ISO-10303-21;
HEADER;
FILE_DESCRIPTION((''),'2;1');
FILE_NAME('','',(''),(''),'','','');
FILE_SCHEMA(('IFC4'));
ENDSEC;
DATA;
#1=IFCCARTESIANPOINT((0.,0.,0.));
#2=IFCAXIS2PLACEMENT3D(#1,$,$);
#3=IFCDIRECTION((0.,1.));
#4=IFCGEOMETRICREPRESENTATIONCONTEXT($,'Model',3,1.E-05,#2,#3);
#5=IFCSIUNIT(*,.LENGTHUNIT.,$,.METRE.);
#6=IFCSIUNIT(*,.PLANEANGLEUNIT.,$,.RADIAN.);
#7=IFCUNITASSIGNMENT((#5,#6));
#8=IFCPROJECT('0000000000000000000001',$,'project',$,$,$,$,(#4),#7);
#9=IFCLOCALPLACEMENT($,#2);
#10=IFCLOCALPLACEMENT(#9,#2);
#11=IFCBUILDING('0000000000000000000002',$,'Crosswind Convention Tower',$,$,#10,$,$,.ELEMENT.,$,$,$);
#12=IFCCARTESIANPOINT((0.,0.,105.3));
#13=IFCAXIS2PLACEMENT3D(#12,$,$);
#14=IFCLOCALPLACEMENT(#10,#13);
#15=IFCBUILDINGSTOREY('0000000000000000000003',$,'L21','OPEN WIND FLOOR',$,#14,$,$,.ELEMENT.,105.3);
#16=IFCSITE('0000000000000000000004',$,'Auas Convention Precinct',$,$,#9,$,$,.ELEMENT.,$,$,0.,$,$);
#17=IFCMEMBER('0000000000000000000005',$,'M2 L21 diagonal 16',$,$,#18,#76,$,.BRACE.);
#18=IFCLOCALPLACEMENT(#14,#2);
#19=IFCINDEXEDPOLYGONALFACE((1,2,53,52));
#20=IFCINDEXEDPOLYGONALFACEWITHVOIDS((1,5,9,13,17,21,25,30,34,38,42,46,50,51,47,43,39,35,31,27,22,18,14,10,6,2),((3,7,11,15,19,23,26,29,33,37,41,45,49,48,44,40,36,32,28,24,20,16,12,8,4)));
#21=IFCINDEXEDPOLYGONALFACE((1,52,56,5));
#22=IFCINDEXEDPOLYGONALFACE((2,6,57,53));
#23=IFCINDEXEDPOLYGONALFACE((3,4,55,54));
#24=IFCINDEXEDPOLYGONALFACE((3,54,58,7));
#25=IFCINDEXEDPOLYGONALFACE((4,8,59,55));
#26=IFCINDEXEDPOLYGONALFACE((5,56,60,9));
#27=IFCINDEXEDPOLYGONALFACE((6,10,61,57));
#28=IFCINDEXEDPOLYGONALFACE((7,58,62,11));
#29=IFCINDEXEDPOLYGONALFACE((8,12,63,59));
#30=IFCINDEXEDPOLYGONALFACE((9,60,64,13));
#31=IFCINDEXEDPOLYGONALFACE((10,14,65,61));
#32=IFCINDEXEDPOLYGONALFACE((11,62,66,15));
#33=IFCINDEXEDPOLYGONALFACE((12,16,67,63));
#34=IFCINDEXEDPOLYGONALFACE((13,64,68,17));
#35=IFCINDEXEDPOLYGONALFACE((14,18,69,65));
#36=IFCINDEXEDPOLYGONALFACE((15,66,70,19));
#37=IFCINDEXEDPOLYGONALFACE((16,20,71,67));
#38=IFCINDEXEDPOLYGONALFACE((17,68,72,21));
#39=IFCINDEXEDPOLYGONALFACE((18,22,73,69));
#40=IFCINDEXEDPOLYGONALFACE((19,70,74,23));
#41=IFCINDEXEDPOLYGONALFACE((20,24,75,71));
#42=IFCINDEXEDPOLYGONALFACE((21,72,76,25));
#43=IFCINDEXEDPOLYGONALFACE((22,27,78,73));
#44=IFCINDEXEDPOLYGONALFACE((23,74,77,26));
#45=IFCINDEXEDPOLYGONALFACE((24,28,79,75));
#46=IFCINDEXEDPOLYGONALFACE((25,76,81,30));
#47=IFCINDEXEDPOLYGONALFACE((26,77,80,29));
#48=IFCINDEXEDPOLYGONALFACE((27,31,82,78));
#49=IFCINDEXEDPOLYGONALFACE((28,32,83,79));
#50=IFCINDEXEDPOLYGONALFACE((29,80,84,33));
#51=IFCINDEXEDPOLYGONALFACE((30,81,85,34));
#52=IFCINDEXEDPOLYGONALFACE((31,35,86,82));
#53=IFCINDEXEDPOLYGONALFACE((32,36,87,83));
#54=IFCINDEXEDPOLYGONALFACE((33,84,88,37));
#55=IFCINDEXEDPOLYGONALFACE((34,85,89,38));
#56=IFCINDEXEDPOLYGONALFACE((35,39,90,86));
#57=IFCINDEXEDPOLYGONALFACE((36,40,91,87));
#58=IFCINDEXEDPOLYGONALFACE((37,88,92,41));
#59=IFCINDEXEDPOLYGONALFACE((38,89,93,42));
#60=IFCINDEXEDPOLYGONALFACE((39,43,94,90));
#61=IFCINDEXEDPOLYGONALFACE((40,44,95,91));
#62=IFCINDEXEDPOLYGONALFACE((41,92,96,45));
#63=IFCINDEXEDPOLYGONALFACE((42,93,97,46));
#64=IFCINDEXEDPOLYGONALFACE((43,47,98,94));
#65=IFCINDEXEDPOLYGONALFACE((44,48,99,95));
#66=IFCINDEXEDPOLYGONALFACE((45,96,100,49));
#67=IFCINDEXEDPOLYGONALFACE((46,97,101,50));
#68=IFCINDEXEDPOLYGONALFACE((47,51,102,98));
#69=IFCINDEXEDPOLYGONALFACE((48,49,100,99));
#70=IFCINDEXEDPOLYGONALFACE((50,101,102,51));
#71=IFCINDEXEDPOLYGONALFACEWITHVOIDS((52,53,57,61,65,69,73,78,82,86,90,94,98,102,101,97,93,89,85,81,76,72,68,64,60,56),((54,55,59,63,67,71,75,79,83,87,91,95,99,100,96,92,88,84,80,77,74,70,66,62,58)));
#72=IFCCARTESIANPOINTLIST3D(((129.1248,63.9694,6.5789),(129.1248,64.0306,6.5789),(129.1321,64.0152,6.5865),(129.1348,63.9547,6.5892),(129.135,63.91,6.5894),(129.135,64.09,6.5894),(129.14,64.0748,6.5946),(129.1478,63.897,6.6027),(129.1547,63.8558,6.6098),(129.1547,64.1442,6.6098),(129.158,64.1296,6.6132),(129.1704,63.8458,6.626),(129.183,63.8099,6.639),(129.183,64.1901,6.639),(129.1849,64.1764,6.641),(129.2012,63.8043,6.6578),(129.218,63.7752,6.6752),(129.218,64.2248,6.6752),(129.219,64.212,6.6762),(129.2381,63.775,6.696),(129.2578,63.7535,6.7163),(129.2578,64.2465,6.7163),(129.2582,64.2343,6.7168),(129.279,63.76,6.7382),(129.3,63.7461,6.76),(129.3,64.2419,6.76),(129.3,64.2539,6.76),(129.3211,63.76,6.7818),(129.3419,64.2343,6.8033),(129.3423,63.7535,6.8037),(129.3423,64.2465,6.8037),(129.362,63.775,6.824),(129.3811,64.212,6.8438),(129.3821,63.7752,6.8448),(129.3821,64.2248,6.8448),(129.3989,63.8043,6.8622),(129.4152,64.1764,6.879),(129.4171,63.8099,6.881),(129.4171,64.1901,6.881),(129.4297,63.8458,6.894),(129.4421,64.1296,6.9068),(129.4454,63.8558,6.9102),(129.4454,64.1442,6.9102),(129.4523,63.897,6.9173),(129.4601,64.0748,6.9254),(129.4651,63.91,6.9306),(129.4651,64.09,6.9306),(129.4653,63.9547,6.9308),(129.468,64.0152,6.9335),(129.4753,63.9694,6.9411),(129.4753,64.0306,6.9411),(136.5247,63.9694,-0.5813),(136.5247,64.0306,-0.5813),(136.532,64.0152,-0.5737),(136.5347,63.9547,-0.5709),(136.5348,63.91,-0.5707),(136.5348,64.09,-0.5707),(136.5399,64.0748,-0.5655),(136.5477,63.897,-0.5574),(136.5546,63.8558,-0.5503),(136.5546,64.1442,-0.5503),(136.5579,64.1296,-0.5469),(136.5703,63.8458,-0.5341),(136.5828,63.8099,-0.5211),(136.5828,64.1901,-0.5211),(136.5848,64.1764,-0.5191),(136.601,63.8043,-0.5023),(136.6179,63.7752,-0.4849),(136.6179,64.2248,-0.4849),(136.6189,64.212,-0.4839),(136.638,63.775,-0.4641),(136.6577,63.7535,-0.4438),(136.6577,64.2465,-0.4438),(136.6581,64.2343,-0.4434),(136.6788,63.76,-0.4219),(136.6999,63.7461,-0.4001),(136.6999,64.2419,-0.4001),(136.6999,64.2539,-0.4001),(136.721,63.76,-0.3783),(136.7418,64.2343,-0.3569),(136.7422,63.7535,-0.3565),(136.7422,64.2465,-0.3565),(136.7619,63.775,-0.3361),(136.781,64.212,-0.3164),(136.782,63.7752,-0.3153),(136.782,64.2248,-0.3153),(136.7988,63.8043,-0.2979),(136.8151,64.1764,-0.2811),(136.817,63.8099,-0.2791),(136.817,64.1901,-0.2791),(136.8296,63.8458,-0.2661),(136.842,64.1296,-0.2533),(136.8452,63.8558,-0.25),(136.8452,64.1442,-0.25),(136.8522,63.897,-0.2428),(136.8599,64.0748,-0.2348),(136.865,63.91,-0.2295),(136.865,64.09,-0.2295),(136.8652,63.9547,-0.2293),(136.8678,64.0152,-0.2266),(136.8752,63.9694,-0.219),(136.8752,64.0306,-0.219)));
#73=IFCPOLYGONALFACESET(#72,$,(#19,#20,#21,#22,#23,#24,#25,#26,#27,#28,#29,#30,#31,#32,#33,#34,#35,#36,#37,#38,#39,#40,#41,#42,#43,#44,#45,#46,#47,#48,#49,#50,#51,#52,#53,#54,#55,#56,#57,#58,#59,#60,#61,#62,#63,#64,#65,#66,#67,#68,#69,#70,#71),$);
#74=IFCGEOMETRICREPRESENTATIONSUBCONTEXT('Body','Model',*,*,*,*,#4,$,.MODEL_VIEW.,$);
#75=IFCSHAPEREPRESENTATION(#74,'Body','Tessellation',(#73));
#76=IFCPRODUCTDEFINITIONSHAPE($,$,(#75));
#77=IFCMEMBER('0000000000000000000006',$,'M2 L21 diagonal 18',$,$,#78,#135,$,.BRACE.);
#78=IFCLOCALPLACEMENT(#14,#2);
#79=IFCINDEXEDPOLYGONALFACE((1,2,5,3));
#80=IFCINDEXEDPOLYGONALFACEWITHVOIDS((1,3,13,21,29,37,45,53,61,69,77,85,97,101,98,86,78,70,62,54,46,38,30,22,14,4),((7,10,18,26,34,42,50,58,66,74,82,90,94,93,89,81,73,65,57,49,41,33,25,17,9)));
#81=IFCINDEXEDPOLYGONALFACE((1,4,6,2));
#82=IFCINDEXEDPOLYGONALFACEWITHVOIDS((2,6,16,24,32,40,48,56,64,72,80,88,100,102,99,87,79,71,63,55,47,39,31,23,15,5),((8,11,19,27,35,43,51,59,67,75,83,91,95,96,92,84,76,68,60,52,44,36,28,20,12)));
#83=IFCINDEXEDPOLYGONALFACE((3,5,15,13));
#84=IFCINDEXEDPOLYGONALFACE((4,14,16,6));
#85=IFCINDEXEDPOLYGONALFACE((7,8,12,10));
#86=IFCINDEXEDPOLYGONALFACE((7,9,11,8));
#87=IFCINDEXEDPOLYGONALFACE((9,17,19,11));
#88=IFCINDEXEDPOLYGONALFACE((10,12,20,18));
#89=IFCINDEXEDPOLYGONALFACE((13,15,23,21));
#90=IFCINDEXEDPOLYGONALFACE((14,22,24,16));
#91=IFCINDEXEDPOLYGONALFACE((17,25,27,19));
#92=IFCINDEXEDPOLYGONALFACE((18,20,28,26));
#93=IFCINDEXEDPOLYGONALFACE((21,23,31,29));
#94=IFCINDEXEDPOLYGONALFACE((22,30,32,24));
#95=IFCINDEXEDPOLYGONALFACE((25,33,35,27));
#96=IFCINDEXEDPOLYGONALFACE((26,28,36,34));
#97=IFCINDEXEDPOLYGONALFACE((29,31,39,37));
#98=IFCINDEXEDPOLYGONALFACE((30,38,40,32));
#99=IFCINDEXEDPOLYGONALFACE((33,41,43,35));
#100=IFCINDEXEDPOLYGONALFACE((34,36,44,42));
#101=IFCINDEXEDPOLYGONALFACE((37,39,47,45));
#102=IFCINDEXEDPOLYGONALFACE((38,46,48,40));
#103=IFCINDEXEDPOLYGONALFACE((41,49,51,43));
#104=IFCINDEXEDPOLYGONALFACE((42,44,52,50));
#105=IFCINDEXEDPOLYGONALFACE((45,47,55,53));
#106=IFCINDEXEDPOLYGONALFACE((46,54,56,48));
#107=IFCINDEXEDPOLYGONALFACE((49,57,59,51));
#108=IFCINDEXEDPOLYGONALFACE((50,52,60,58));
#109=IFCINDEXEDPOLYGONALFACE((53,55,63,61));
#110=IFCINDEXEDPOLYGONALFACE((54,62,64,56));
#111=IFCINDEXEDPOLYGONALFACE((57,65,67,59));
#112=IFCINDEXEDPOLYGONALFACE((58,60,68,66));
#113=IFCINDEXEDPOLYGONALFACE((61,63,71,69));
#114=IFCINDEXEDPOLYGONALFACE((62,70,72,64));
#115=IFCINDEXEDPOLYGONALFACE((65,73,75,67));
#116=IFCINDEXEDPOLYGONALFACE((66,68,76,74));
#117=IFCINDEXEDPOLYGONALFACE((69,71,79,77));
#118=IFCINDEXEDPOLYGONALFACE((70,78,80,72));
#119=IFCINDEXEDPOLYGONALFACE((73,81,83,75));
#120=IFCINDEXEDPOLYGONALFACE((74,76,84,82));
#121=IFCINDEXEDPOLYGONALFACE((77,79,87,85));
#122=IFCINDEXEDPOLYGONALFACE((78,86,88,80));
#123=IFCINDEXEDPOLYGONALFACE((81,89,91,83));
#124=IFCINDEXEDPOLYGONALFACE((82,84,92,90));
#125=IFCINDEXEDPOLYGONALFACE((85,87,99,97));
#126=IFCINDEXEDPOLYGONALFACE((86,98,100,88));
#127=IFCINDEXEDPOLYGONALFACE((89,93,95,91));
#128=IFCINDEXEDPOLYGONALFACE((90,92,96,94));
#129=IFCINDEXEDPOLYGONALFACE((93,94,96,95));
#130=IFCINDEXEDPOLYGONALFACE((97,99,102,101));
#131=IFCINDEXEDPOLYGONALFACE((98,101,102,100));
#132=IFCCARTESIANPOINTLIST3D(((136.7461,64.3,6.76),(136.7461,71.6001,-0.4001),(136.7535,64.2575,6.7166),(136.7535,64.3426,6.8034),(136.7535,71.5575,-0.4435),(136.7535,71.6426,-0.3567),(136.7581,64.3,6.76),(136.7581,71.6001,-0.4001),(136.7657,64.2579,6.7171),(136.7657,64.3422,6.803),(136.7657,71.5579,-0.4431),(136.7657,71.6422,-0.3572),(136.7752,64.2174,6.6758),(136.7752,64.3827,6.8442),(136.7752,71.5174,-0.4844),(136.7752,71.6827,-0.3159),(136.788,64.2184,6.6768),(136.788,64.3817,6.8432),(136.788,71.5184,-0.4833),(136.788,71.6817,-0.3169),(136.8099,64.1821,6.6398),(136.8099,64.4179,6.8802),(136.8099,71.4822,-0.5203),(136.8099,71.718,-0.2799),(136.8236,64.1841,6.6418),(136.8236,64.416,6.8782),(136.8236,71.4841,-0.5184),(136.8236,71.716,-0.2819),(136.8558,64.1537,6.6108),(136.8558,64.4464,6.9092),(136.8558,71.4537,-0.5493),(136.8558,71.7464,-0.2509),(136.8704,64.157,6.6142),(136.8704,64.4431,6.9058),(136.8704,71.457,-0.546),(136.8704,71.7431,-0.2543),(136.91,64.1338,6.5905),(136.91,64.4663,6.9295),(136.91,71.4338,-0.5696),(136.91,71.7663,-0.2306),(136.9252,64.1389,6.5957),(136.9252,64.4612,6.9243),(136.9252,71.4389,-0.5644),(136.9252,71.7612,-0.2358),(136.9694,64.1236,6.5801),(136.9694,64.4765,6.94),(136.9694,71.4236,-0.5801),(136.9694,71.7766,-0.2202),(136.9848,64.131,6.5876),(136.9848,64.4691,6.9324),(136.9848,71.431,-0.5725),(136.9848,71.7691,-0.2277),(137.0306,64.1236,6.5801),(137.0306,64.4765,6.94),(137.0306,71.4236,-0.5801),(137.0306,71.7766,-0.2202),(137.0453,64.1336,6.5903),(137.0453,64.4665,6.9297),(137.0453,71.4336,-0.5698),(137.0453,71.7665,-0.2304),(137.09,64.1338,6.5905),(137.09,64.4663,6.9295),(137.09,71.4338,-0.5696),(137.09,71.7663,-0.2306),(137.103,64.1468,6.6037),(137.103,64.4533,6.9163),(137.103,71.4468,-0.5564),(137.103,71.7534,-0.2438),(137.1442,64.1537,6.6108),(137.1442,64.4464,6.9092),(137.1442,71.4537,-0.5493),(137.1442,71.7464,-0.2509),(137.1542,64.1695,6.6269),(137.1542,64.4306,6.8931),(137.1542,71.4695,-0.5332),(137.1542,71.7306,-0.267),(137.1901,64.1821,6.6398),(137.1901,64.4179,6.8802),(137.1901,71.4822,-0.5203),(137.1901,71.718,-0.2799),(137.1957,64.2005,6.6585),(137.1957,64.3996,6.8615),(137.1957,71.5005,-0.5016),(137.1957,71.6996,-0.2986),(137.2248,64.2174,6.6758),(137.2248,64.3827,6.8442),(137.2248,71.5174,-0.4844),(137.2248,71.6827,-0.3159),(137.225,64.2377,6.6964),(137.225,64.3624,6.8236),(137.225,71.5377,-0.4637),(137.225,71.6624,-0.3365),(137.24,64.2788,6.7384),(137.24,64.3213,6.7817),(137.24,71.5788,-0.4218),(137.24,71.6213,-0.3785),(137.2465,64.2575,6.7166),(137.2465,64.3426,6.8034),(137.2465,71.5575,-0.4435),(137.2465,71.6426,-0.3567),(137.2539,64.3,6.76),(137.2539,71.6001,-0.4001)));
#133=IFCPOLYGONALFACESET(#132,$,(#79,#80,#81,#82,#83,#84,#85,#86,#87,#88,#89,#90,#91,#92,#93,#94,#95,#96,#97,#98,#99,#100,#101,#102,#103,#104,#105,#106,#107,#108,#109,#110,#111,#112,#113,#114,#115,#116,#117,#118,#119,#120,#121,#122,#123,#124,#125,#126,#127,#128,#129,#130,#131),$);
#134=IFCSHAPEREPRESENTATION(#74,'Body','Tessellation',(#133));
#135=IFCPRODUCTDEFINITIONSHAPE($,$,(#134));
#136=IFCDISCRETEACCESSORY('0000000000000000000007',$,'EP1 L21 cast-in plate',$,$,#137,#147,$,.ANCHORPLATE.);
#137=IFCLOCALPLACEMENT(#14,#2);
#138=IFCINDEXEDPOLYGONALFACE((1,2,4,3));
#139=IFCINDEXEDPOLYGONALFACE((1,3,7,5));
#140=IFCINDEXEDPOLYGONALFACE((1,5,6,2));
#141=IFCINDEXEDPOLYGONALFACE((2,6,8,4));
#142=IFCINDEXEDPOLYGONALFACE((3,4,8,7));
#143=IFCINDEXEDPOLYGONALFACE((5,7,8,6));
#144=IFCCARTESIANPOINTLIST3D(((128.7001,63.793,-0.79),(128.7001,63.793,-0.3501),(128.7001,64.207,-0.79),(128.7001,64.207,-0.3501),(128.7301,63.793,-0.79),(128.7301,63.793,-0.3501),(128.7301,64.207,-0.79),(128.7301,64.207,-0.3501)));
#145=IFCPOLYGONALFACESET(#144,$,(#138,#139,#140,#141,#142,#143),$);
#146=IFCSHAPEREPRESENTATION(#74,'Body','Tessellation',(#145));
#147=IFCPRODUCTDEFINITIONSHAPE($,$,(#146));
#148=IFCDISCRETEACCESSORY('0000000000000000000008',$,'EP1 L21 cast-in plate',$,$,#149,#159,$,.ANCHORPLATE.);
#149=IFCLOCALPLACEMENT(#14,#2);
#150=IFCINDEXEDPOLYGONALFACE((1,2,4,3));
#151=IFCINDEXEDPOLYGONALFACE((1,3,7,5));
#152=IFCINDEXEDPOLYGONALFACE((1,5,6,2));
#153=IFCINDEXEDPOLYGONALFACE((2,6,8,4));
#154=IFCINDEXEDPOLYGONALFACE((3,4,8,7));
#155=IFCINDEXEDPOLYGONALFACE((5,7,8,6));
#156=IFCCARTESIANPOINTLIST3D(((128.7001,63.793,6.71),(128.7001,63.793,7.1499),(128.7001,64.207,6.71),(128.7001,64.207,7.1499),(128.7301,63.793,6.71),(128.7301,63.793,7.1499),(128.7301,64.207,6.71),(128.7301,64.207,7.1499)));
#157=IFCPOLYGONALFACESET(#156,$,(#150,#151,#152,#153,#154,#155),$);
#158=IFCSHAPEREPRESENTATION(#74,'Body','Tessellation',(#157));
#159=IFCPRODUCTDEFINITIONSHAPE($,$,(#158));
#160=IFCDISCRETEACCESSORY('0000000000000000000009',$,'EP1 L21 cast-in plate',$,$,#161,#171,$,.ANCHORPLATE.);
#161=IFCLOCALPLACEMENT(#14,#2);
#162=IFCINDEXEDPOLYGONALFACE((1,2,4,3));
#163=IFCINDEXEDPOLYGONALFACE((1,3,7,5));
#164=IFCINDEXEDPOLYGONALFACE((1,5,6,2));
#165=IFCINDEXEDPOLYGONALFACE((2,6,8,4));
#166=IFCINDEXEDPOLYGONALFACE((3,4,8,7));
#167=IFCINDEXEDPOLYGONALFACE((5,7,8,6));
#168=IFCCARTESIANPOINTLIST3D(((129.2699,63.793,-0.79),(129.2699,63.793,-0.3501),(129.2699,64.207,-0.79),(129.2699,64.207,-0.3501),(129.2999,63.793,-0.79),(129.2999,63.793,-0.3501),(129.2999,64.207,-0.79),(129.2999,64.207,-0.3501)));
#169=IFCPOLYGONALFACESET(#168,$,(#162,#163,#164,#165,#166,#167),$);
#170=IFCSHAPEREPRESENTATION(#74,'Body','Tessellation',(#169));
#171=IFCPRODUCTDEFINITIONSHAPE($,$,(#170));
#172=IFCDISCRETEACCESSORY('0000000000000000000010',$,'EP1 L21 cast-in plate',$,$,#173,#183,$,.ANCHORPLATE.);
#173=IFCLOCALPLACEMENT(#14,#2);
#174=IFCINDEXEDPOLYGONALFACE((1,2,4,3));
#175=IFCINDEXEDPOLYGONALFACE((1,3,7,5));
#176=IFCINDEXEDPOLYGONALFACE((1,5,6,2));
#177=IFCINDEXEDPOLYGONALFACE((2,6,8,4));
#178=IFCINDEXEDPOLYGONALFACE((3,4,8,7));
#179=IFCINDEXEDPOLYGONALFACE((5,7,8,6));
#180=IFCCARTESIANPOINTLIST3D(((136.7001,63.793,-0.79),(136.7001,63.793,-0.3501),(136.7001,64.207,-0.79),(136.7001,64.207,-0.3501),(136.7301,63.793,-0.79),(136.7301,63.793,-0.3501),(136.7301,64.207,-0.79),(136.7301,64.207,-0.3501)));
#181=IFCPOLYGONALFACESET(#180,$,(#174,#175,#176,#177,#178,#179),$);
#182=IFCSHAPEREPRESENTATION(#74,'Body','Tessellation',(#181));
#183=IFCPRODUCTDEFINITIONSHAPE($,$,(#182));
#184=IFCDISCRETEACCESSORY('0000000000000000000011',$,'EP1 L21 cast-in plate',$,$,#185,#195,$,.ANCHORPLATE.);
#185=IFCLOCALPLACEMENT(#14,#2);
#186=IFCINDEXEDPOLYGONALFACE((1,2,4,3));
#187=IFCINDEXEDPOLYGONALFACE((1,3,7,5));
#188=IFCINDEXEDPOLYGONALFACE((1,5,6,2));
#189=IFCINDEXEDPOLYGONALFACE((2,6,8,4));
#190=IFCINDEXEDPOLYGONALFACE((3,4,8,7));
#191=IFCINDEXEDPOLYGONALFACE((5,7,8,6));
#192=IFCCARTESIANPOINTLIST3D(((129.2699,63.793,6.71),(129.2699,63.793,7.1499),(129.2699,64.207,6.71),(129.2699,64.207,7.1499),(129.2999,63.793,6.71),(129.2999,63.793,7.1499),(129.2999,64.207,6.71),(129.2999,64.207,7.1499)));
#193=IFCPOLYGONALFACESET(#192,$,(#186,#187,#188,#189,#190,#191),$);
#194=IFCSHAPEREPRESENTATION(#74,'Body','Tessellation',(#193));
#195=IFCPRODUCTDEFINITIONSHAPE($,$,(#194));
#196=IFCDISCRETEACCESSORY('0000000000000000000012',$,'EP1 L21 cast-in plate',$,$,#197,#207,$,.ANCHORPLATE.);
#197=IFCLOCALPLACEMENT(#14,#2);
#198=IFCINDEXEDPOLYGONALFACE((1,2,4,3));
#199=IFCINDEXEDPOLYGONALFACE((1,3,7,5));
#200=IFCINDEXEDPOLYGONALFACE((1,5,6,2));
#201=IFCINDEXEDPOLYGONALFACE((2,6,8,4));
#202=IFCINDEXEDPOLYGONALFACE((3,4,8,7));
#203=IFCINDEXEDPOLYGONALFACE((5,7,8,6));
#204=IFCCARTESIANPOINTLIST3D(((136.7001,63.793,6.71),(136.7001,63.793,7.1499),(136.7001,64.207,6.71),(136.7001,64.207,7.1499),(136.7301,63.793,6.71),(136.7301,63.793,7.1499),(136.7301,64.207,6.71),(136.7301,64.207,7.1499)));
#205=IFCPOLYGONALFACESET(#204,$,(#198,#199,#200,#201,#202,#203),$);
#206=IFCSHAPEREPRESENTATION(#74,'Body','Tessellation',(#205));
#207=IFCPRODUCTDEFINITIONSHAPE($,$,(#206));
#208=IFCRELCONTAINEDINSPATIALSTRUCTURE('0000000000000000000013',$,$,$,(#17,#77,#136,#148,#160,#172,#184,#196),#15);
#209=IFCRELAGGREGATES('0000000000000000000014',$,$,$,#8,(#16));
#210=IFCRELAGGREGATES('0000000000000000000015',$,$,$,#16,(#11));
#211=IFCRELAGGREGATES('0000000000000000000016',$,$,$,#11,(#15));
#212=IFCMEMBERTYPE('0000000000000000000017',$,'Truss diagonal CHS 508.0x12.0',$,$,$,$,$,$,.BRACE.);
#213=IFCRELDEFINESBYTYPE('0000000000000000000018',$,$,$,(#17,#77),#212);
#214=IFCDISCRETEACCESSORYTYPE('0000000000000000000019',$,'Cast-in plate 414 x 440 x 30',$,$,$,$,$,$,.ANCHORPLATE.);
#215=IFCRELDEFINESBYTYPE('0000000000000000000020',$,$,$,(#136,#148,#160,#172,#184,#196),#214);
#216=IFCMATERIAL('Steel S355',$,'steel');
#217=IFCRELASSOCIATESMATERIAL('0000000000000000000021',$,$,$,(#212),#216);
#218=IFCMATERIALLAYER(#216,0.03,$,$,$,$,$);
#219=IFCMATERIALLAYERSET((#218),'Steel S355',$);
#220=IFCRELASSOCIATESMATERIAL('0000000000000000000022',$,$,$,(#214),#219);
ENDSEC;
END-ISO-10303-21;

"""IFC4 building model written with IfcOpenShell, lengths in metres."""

from ifc_helpers import new_model, si_unit, direction, frame, origin, origin_2d, place, context, subcontext, project, spatial, rectangle, hollow_circle, extrude, material, layer, layer_set, material_profile, profile_set, type_object, element, save


model = new_model("IFC4")

# Units and contexts
model_context = context("Model", 3, precision=1e-05, world=origin(), true_north=direction((0.0, 1.0)))
body_context = subcontext(model_context, "Body", "Model", "MODEL_VIEW")
ifc_project = project(units=[si_unit("LENGTHUNIT", "METRE"), si_unit("PLANEANGLEUNIT", "RADIAN")], contexts=[model_context])

# Site, building, storey
site_placement = place(None, origin())
site = spatial("IfcSite", under=ifc_project, at=site_placement, Name="Auas Convention Precinct", CompositionType="ELEMENT", RefElevation=0.0)
building_placement = place(site_placement, origin())
building = spatial("IfcBuilding", under=site, at=building_placement, Name="Crosswind Convention Tower", CompositionType="ELEMENT")
storey_placement = place(building_placement, frame((0.0, 0.0, 105.3)))
storey = spatial("IfcBuildingStorey", under=building, at=storey_placement, Name="L21", Description="OPEN WIND FLOOR", CompositionType="ELEMENT", Elevation=105.3)

# Shared definitions
ifc_material_1 = material(Name="Steel S355", Category="steel")

# Members
ifc_material_profile_1 = material_profile(ifc_material_1, hollow_circle(Radius=0.2539, WallThickness=0.012, at=origin_2d()), Name="CHS 508.0x12.0")
ifc_profile_set_1 = profile_set([ifc_material_profile_1], Name="Steel S355")
member_type_1 = type_object("IfcMemberType", Name="Truss diagonal CHS 508.0x12.0", PredefinedType="BRACE", material=ifc_profile_set_1)
member_1_placement = place(storey_placement, frame((129.3, 64.0, 6.76), z_axis=(0.718653, 0.0, -0.695369), x_axis=(0.0, 1.0, 0.0)))
element("IfcMember", 1, at=member_1_placement, inside=storey, type_object=member_type_1, Name="M2 L21 diagonal 16", PredefinedType="BRACE", context=body_context, shape_type="SweptSolid", body=[
    extrude(hollow_circle(Radius=0.2539, WallThickness=0.012, at=origin_2d()), origin(), (0.0, 0.0, 1.0), 10.2969),
])
member_2_placement = place(storey_placement, frame((137.0, 64.3, 6.76), z_axis=(0.0, 0.713914, -0.700233), x_axis=(-1.0, 0.0, 0.0)))
element("IfcMember", 2, at=member_2_placement, inside=storey, type_object=member_type_1, Name="M2 L21 diagonal 18", PredefinedType="BRACE", context=body_context, shape_type="SweptSolid", body=[
    extrude(hollow_circle(Radius=0.2539, WallThickness=0.012, at=origin_2d()), origin(), (0.0, 0.0, 1.0), 10.2253),
])

# Discrete accessories
ifc_layer = layer(ifc_material_1, 0.03)
ifc_layer_set = layer_set([ifc_layer], Name="Steel S355")
discrete_accessory_type_1 = type_object("IfcDiscreteAccessoryType", Name="Cast-in plate 414 x 440 x 30", PredefinedType="ANCHORPLATE", material=ifc_layer_set)
for number, where, z_axis, x_axis, name in (
    (3, (128.7151, 64.0, -0.79), (0.0, 0.0, 1.0), (1.0, 0.0, 0.0), "EP1 L21 cast-in plate"),
    (4, (128.7151, 64.0, 6.71), (0.0, 0.0, 1.0), (1.0, 0.0, 0.0), "EP1 L21 cast-in plate"),
    (5, (129.2849, 64.0, -0.79), (0.0, 0.0, 1.0), (1.0, 0.0, 0.0), "EP1 L21 cast-in plate"),
    (6, (136.7151, 64.0, -0.79), (0.0, 0.0, 1.0), (1.0, 0.0, 0.0), "EP1 L21 cast-in plate"),
    (7, (129.2849, 64.0, 6.71), (0.0, 0.0, 1.0), (1.0, 0.0, 0.0), "EP1 L21 cast-in plate"),
    (8, (136.7151, 64.0, 6.71), (0.0, 0.0, 1.0), (1.0, 0.0, 0.0), "EP1 L21 cast-in plate"),
):
    element("IfcDiscreteAccessory", number, at=place(storey_placement, frame(where, z_axis=z_axis, x_axis=x_axis)), inside=storey, type_object=discrete_accessory_type_1, Name=name, PredefinedType="ANCHORPLATE", context=body_context, shape_type="SweptSolid", body=[
        extrude(rectangle(XDim=0.03, YDim=0.4141, at=origin_2d()), origin(), (0.0, 0.0, 1.0), 0.4399),
    ])

save(model, "model.ifc")
